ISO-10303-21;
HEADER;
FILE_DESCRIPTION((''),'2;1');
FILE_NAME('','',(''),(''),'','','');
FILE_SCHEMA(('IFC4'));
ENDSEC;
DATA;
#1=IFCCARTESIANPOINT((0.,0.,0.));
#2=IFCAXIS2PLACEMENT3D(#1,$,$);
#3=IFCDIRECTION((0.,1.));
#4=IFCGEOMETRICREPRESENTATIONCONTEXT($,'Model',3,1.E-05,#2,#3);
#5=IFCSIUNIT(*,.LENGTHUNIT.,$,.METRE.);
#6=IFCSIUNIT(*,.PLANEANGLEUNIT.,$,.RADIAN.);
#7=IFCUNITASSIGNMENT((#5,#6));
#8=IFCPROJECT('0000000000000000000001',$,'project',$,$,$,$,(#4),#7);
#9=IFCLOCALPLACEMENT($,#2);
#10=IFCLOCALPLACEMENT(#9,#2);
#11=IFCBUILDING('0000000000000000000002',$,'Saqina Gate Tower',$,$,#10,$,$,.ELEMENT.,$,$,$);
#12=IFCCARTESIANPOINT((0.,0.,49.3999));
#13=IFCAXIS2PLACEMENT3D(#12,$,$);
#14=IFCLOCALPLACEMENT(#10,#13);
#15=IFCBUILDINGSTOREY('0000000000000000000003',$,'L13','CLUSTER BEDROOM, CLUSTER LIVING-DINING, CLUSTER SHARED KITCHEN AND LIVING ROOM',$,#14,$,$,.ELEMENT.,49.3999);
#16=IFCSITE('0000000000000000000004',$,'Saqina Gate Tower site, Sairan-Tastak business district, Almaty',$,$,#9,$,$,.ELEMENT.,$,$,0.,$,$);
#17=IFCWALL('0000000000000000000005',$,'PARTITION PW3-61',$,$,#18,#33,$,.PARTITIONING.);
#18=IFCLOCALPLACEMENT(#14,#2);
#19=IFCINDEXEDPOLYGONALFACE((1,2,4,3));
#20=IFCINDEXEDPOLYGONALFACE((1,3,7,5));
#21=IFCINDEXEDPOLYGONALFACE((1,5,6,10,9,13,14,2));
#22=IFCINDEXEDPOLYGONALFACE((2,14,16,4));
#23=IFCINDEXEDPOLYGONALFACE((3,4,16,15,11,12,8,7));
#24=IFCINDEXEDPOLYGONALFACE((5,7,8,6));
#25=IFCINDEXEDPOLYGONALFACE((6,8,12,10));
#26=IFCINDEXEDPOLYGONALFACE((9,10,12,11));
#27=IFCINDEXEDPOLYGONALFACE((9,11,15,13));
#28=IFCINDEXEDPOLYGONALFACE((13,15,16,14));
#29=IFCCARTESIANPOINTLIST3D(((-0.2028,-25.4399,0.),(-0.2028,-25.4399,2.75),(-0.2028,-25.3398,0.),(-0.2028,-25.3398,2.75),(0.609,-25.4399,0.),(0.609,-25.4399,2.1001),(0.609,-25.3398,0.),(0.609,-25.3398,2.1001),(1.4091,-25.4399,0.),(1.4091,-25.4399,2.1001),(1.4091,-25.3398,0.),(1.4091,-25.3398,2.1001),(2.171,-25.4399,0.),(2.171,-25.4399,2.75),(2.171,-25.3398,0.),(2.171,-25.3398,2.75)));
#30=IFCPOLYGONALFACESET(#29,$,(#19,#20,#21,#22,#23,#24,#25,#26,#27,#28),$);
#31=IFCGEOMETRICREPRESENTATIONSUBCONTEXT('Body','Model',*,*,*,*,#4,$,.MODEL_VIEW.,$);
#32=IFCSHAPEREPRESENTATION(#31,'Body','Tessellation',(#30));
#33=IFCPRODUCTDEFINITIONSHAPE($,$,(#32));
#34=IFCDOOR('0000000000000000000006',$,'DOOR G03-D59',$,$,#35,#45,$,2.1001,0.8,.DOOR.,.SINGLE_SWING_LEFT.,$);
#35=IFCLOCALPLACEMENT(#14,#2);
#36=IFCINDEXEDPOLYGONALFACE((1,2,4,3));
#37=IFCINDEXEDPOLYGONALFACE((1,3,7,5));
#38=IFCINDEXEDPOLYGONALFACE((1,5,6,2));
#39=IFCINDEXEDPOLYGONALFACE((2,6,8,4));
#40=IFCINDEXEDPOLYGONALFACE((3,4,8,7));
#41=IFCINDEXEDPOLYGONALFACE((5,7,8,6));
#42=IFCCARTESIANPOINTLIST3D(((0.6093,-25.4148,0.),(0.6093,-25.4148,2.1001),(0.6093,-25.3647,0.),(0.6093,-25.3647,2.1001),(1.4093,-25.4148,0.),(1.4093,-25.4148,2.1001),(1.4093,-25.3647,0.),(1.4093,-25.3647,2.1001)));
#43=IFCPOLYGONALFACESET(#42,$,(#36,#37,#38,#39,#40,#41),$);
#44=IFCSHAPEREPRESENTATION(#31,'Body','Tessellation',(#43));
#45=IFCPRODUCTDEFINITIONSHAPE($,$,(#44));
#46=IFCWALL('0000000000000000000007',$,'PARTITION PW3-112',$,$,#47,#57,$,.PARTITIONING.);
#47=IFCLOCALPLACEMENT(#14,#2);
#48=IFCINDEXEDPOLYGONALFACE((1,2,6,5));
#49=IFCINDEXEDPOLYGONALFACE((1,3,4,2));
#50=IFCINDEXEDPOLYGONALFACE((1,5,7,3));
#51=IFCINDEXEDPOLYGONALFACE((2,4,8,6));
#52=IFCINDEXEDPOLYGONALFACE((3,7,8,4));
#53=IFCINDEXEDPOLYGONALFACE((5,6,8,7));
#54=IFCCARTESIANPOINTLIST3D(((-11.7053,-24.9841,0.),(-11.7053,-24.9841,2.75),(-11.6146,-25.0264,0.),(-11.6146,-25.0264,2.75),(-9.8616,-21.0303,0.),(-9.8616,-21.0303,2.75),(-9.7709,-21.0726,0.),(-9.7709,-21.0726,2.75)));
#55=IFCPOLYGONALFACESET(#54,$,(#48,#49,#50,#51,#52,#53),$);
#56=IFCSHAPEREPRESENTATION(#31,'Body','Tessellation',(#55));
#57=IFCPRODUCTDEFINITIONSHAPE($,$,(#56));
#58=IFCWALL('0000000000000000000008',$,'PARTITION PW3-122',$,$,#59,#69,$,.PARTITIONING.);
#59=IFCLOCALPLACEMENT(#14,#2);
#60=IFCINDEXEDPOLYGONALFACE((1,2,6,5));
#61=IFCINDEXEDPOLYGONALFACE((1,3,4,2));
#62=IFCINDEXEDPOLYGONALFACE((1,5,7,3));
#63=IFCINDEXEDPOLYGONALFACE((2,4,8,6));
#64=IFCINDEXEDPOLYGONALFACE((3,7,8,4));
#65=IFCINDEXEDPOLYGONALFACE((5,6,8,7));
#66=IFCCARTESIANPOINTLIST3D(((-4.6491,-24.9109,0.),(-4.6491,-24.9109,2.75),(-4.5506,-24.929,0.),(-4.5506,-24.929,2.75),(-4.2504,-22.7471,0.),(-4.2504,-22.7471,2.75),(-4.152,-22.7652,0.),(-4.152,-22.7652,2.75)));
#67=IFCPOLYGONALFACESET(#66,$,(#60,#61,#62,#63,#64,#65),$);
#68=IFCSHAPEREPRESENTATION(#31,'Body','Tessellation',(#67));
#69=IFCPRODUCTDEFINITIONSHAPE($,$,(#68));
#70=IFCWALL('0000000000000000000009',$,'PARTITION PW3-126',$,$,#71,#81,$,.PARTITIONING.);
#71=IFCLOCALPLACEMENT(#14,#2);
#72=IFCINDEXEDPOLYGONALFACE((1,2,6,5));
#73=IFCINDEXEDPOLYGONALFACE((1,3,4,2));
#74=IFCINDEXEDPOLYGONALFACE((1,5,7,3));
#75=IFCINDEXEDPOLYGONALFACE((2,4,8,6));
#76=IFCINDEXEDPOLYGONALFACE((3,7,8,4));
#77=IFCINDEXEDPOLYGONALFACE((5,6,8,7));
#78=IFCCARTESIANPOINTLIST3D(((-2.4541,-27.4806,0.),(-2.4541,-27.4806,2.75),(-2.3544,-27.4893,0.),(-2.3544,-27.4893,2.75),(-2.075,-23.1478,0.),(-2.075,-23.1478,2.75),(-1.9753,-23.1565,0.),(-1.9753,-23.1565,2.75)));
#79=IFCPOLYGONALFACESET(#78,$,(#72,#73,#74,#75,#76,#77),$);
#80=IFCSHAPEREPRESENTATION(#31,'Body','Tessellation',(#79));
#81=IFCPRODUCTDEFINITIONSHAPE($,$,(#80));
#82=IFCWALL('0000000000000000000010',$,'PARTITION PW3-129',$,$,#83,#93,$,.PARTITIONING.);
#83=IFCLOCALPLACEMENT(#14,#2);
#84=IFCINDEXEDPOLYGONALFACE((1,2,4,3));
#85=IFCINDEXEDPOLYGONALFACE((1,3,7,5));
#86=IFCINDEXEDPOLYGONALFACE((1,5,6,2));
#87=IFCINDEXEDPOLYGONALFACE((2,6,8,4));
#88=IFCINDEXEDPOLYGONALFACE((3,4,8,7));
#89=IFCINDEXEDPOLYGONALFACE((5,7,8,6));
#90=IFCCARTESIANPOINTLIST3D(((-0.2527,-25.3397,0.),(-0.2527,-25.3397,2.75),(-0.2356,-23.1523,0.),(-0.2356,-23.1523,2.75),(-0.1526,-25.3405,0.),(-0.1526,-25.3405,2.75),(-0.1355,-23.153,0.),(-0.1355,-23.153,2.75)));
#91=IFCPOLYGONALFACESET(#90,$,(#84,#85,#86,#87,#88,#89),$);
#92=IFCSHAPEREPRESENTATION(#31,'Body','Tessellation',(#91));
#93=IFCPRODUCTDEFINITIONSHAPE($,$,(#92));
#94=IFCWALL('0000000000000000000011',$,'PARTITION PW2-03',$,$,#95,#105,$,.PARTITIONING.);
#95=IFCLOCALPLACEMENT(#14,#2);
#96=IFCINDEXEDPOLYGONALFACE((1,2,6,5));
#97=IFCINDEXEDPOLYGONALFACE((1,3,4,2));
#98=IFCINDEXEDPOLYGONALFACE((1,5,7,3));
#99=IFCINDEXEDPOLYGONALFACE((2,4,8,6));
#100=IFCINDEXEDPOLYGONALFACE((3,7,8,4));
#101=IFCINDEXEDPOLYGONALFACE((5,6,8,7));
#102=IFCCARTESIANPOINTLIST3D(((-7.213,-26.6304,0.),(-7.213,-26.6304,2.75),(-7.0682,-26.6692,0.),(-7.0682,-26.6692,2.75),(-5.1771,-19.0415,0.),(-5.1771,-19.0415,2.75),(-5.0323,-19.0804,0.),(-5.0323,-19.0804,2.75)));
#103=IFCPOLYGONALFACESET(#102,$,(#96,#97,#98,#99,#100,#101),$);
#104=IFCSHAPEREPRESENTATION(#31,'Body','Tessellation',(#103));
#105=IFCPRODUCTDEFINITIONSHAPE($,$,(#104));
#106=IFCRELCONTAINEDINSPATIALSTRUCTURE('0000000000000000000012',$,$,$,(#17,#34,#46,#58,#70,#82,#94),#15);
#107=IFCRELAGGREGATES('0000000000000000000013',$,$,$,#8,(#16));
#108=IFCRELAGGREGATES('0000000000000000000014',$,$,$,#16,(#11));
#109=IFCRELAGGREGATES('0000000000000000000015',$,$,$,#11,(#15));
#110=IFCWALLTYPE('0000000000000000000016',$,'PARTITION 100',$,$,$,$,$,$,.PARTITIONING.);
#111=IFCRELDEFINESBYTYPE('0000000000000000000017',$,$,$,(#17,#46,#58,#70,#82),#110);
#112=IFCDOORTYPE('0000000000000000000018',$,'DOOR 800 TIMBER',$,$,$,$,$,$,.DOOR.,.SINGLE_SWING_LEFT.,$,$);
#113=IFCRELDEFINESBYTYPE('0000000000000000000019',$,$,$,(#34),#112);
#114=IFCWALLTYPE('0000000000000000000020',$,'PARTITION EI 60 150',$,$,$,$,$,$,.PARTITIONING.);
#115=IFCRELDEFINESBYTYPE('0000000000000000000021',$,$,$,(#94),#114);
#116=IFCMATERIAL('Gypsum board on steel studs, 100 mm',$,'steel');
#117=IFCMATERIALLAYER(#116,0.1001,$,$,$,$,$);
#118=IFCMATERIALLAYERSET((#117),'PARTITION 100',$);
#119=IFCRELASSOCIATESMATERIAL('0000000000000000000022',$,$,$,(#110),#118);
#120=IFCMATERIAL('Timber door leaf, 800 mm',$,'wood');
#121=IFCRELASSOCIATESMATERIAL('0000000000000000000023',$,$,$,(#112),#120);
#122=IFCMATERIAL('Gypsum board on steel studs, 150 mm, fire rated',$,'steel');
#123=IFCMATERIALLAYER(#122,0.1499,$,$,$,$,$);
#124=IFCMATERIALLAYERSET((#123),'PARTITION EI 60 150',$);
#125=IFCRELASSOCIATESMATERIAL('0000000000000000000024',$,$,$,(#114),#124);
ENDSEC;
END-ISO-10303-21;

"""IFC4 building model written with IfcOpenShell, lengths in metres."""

from ifc_helpers import new_model, si_unit, direction, frame, frame_2d, origin, place, context, subcontext, project, spatial, rectangle, extrude, material, layer, layer_set, type_object, element, fill, save


model = new_model("IFC4")

# Units and contexts
model_context = context("Model", 3, precision=1e-05, world=origin(), true_north=direction((0.0, 1.0)))
body_context = subcontext(model_context, "Body", "Model", "MODEL_VIEW")
ifc_project = project(units=[si_unit("LENGTHUNIT", "METRE"), si_unit("PLANEANGLEUNIT", "RADIAN")], contexts=[model_context])

# Site, building, storey
site_placement = place(None, origin())
site = spatial("IfcSite", under=ifc_project, at=site_placement, Name="Saqina Gate Tower site, Sairan-Tastak business district, Almaty", CompositionType="ELEMENT", RefElevation=0.0)
building_placement = place(site_placement, origin())
building = spatial("IfcBuilding", under=site, at=building_placement, Name="Saqina Gate Tower", CompositionType="ELEMENT")
storey_placement = place(building_placement, frame((0.0, 0.0, 49.3999)))
storey = spatial("IfcBuildingStorey", under=building, at=storey_placement, Name="L13", Description="CLUSTER BEDROOM, CLUSTER LIVING-DINING, CLUSTER SHARED KITCHEN AND LIVING ROOM", CompositionType="ELEMENT", Elevation=49.3999)

# Wall, opening, door
ifc_material_1 = material(Name="Gypsum board on steel studs, 100 mm", Category="steel")
ifc_layer_1 = layer(ifc_material_1, 0.1001)
ifc_layer_set_1 = layer_set([ifc_layer_1], Name="PARTITION 100")
wall_type_1 = type_object("IfcWallType", Name="PARTITION 100", PredefinedType="PARTITIONING", material=ifc_layer_set_1)
ifc_material_2 = material(Name="Timber door leaf, 800 mm", Category="wood")
door_type = type_object("IfcDoorType", Name="DOOR 800 TIMBER", OperationType="SINGLE_SWING_LEFT", PredefinedType="DOOR", material=ifc_material_2)
wall_1_placement = place(storey_placement, frame((-0.2029, -25.3899, 0.0), z_axis=(0.0, 0.0, 1.0), x_axis=(1.0, 0.0, 0.0)))
wall_1 = element("IfcWall", 1, at=wall_1_placement, inside=storey, type_object=wall_type_1, Name="PARTITION PW3-61", PredefinedType="PARTITIONING", context=body_context, shape_type="SweptSolid", body=[
    extrude(rectangle(XDim=2.3738, YDim=0.1001, at=frame_2d((1.187, 0.0))), origin(), (0.0, 0.0, 1.0), 2.75),
])
opening_1_placement = place(wall_1_placement, frame((0.812, 0.0, 0.0)))
opening_1 = element("IfcOpeningElement", 2, at=opening_1_placement, cuts=wall_1, PredefinedType="OPENING", context=body_context, shape_type="SweptSolid", body=[
    extrude(rectangle(XDim=0.8, YDim=2.1001, at=frame_2d((0.3999, 1.05))), frame((0.0, 0.062, 0.0), z_axis=(0.0, -1.0, 0.0), x_axis=(1.0, 0.0, 0.0)), (0.0, 0.0, 1.0), 0.124),
])
door_1_placement = place(opening_1_placement, frame((0.8, 0.0, 0.0), z_axis=(0.0, 0.0, 1.0), x_axis=(-1.0, 0.0, 0.0)))
door_1 = element("IfcDoor", 3, at=door_1_placement, inside=storey, type_object=door_type, Name="DOOR G03-D59", OperationType="SINGLE_SWING_LEFT", OverallHeight=2.1001, OverallWidth=0.8, PredefinedType="DOOR", context=body_context, shape_type="SweptSolid", body=[
    extrude(rectangle(XDim=0.8, YDim=2.1001, at=frame_2d((0.3999, 1.05))), frame((0.0, 0.0249, 0.0), z_axis=(0.0, -1.0, 0.0), x_axis=(1.0, 0.0, 0.0)), (0.0, 0.0, 1.0), 0.05),
])
fill(opening_1, door_1)

# Walls
wall_2_placement = place(storey_placement, frame((-11.6599, -25.0051, 0.0), z_axis=(0.0, 0.0, 1.0), x_axis=(0.422625, 0.906305, 0.0)))
element("IfcWall", 4, at=wall_2_placement, inside=storey, type_object=wall_type_1, Name="PARTITION PW3-112", PredefinedType="PARTITIONING", context=body_context, shape_type="SweptSolid", body=[
    extrude(rectangle(XDim=4.3625, YDim=0.1001, at=frame_2d((2.1812, 0.0))), origin(), (0.0, 0.0, 1.0), 2.75),
])
wall_3_placement = place(storey_placement, frame((-4.5999, -24.9199, 0.0), z_axis=(0.0, 0.0, 1.0), x_axis=(0.181199, 0.983446, 0.0)))
element("IfcWall", 5, at=wall_3_placement, inside=storey, type_object=wall_type_1, Name="PARTITION PW3-122", PredefinedType="PARTITIONING", context=body_context, shape_type="SweptSolid", body=[
    extrude(rectangle(XDim=2.2002, YDim=0.1001, at=frame_2d((1.1001, 0.0))), origin(), (0.0, 0.0, 1.0), 2.75),
])
wall_4_placement = place(storey_placement, frame((-2.4043, -27.4851, 0.0), z_axis=(0.0, 0.0, 1.0), x_axis=(0.087175, 0.996193, 0.0)))
element("IfcWall", 6, at=wall_4_placement, inside=storey, type_object=wall_type_1, Name="PARTITION PW3-126", PredefinedType="PARTITIONING", context=body_context, shape_type="SweptSolid", body=[
    extrude(rectangle(XDim=4.3494, YDim=0.1001, at=frame_2d((2.1748, 0.0))), origin(), (0.0, 0.0, 1.0), 2.75),
])
wall_5_placement = place(storey_placement, frame((-0.2026, -25.3401, 0.0), z_axis=(0.0, 0.0, 1.0), x_axis=(0.007812, 0.999969, 0.0)))
element("IfcWall", 7, at=wall_5_placement, inside=storey, type_object=wall_type_1, Name="PARTITION PW3-129", PredefinedType="PARTITIONING", context=body_context, shape_type="SweptSolid", body=[
    extrude(rectangle(XDim=2.1875, YDim=0.1001, at=frame_2d((1.0938, 0.0))), origin(), (0.0, 0.0, 1.0), 2.75),
])
ifc_material_3 = material(Name="Gypsum board on steel studs, 150 mm, fire rated", Category="steel")
ifc_layer_2 = layer(ifc_material_3, 0.1499)
ifc_layer_set_2 = layer_set([ifc_layer_2], Name="PARTITION EI 60 150")
wall_type_2 = type_object("IfcWallType", Name="PARTITION EI 60 150", PredefinedType="PARTITIONING", material=ifc_layer_set_2)
wall_6_placement = place(storey_placement, frame((-7.1406, -26.6499, 0.0), z_axis=(0.0, 0.0, 1.0), x_axis=(0.259111, 0.965848, 0.0)))
element("IfcWall", 8, at=wall_6_placement, inside=storey, type_object=wall_type_2, Name="PARTITION PW2-03", PredefinedType="PARTITIONING", context=body_context, shape_type="SweptSolid", body=[
    extrude(rectangle(XDim=7.8572, YDim=0.1499, at=frame_2d((3.9287, 0.0))), origin(), (0.0, 0.0, 1.0), 2.75),
])

save(model, "model.ifc")
